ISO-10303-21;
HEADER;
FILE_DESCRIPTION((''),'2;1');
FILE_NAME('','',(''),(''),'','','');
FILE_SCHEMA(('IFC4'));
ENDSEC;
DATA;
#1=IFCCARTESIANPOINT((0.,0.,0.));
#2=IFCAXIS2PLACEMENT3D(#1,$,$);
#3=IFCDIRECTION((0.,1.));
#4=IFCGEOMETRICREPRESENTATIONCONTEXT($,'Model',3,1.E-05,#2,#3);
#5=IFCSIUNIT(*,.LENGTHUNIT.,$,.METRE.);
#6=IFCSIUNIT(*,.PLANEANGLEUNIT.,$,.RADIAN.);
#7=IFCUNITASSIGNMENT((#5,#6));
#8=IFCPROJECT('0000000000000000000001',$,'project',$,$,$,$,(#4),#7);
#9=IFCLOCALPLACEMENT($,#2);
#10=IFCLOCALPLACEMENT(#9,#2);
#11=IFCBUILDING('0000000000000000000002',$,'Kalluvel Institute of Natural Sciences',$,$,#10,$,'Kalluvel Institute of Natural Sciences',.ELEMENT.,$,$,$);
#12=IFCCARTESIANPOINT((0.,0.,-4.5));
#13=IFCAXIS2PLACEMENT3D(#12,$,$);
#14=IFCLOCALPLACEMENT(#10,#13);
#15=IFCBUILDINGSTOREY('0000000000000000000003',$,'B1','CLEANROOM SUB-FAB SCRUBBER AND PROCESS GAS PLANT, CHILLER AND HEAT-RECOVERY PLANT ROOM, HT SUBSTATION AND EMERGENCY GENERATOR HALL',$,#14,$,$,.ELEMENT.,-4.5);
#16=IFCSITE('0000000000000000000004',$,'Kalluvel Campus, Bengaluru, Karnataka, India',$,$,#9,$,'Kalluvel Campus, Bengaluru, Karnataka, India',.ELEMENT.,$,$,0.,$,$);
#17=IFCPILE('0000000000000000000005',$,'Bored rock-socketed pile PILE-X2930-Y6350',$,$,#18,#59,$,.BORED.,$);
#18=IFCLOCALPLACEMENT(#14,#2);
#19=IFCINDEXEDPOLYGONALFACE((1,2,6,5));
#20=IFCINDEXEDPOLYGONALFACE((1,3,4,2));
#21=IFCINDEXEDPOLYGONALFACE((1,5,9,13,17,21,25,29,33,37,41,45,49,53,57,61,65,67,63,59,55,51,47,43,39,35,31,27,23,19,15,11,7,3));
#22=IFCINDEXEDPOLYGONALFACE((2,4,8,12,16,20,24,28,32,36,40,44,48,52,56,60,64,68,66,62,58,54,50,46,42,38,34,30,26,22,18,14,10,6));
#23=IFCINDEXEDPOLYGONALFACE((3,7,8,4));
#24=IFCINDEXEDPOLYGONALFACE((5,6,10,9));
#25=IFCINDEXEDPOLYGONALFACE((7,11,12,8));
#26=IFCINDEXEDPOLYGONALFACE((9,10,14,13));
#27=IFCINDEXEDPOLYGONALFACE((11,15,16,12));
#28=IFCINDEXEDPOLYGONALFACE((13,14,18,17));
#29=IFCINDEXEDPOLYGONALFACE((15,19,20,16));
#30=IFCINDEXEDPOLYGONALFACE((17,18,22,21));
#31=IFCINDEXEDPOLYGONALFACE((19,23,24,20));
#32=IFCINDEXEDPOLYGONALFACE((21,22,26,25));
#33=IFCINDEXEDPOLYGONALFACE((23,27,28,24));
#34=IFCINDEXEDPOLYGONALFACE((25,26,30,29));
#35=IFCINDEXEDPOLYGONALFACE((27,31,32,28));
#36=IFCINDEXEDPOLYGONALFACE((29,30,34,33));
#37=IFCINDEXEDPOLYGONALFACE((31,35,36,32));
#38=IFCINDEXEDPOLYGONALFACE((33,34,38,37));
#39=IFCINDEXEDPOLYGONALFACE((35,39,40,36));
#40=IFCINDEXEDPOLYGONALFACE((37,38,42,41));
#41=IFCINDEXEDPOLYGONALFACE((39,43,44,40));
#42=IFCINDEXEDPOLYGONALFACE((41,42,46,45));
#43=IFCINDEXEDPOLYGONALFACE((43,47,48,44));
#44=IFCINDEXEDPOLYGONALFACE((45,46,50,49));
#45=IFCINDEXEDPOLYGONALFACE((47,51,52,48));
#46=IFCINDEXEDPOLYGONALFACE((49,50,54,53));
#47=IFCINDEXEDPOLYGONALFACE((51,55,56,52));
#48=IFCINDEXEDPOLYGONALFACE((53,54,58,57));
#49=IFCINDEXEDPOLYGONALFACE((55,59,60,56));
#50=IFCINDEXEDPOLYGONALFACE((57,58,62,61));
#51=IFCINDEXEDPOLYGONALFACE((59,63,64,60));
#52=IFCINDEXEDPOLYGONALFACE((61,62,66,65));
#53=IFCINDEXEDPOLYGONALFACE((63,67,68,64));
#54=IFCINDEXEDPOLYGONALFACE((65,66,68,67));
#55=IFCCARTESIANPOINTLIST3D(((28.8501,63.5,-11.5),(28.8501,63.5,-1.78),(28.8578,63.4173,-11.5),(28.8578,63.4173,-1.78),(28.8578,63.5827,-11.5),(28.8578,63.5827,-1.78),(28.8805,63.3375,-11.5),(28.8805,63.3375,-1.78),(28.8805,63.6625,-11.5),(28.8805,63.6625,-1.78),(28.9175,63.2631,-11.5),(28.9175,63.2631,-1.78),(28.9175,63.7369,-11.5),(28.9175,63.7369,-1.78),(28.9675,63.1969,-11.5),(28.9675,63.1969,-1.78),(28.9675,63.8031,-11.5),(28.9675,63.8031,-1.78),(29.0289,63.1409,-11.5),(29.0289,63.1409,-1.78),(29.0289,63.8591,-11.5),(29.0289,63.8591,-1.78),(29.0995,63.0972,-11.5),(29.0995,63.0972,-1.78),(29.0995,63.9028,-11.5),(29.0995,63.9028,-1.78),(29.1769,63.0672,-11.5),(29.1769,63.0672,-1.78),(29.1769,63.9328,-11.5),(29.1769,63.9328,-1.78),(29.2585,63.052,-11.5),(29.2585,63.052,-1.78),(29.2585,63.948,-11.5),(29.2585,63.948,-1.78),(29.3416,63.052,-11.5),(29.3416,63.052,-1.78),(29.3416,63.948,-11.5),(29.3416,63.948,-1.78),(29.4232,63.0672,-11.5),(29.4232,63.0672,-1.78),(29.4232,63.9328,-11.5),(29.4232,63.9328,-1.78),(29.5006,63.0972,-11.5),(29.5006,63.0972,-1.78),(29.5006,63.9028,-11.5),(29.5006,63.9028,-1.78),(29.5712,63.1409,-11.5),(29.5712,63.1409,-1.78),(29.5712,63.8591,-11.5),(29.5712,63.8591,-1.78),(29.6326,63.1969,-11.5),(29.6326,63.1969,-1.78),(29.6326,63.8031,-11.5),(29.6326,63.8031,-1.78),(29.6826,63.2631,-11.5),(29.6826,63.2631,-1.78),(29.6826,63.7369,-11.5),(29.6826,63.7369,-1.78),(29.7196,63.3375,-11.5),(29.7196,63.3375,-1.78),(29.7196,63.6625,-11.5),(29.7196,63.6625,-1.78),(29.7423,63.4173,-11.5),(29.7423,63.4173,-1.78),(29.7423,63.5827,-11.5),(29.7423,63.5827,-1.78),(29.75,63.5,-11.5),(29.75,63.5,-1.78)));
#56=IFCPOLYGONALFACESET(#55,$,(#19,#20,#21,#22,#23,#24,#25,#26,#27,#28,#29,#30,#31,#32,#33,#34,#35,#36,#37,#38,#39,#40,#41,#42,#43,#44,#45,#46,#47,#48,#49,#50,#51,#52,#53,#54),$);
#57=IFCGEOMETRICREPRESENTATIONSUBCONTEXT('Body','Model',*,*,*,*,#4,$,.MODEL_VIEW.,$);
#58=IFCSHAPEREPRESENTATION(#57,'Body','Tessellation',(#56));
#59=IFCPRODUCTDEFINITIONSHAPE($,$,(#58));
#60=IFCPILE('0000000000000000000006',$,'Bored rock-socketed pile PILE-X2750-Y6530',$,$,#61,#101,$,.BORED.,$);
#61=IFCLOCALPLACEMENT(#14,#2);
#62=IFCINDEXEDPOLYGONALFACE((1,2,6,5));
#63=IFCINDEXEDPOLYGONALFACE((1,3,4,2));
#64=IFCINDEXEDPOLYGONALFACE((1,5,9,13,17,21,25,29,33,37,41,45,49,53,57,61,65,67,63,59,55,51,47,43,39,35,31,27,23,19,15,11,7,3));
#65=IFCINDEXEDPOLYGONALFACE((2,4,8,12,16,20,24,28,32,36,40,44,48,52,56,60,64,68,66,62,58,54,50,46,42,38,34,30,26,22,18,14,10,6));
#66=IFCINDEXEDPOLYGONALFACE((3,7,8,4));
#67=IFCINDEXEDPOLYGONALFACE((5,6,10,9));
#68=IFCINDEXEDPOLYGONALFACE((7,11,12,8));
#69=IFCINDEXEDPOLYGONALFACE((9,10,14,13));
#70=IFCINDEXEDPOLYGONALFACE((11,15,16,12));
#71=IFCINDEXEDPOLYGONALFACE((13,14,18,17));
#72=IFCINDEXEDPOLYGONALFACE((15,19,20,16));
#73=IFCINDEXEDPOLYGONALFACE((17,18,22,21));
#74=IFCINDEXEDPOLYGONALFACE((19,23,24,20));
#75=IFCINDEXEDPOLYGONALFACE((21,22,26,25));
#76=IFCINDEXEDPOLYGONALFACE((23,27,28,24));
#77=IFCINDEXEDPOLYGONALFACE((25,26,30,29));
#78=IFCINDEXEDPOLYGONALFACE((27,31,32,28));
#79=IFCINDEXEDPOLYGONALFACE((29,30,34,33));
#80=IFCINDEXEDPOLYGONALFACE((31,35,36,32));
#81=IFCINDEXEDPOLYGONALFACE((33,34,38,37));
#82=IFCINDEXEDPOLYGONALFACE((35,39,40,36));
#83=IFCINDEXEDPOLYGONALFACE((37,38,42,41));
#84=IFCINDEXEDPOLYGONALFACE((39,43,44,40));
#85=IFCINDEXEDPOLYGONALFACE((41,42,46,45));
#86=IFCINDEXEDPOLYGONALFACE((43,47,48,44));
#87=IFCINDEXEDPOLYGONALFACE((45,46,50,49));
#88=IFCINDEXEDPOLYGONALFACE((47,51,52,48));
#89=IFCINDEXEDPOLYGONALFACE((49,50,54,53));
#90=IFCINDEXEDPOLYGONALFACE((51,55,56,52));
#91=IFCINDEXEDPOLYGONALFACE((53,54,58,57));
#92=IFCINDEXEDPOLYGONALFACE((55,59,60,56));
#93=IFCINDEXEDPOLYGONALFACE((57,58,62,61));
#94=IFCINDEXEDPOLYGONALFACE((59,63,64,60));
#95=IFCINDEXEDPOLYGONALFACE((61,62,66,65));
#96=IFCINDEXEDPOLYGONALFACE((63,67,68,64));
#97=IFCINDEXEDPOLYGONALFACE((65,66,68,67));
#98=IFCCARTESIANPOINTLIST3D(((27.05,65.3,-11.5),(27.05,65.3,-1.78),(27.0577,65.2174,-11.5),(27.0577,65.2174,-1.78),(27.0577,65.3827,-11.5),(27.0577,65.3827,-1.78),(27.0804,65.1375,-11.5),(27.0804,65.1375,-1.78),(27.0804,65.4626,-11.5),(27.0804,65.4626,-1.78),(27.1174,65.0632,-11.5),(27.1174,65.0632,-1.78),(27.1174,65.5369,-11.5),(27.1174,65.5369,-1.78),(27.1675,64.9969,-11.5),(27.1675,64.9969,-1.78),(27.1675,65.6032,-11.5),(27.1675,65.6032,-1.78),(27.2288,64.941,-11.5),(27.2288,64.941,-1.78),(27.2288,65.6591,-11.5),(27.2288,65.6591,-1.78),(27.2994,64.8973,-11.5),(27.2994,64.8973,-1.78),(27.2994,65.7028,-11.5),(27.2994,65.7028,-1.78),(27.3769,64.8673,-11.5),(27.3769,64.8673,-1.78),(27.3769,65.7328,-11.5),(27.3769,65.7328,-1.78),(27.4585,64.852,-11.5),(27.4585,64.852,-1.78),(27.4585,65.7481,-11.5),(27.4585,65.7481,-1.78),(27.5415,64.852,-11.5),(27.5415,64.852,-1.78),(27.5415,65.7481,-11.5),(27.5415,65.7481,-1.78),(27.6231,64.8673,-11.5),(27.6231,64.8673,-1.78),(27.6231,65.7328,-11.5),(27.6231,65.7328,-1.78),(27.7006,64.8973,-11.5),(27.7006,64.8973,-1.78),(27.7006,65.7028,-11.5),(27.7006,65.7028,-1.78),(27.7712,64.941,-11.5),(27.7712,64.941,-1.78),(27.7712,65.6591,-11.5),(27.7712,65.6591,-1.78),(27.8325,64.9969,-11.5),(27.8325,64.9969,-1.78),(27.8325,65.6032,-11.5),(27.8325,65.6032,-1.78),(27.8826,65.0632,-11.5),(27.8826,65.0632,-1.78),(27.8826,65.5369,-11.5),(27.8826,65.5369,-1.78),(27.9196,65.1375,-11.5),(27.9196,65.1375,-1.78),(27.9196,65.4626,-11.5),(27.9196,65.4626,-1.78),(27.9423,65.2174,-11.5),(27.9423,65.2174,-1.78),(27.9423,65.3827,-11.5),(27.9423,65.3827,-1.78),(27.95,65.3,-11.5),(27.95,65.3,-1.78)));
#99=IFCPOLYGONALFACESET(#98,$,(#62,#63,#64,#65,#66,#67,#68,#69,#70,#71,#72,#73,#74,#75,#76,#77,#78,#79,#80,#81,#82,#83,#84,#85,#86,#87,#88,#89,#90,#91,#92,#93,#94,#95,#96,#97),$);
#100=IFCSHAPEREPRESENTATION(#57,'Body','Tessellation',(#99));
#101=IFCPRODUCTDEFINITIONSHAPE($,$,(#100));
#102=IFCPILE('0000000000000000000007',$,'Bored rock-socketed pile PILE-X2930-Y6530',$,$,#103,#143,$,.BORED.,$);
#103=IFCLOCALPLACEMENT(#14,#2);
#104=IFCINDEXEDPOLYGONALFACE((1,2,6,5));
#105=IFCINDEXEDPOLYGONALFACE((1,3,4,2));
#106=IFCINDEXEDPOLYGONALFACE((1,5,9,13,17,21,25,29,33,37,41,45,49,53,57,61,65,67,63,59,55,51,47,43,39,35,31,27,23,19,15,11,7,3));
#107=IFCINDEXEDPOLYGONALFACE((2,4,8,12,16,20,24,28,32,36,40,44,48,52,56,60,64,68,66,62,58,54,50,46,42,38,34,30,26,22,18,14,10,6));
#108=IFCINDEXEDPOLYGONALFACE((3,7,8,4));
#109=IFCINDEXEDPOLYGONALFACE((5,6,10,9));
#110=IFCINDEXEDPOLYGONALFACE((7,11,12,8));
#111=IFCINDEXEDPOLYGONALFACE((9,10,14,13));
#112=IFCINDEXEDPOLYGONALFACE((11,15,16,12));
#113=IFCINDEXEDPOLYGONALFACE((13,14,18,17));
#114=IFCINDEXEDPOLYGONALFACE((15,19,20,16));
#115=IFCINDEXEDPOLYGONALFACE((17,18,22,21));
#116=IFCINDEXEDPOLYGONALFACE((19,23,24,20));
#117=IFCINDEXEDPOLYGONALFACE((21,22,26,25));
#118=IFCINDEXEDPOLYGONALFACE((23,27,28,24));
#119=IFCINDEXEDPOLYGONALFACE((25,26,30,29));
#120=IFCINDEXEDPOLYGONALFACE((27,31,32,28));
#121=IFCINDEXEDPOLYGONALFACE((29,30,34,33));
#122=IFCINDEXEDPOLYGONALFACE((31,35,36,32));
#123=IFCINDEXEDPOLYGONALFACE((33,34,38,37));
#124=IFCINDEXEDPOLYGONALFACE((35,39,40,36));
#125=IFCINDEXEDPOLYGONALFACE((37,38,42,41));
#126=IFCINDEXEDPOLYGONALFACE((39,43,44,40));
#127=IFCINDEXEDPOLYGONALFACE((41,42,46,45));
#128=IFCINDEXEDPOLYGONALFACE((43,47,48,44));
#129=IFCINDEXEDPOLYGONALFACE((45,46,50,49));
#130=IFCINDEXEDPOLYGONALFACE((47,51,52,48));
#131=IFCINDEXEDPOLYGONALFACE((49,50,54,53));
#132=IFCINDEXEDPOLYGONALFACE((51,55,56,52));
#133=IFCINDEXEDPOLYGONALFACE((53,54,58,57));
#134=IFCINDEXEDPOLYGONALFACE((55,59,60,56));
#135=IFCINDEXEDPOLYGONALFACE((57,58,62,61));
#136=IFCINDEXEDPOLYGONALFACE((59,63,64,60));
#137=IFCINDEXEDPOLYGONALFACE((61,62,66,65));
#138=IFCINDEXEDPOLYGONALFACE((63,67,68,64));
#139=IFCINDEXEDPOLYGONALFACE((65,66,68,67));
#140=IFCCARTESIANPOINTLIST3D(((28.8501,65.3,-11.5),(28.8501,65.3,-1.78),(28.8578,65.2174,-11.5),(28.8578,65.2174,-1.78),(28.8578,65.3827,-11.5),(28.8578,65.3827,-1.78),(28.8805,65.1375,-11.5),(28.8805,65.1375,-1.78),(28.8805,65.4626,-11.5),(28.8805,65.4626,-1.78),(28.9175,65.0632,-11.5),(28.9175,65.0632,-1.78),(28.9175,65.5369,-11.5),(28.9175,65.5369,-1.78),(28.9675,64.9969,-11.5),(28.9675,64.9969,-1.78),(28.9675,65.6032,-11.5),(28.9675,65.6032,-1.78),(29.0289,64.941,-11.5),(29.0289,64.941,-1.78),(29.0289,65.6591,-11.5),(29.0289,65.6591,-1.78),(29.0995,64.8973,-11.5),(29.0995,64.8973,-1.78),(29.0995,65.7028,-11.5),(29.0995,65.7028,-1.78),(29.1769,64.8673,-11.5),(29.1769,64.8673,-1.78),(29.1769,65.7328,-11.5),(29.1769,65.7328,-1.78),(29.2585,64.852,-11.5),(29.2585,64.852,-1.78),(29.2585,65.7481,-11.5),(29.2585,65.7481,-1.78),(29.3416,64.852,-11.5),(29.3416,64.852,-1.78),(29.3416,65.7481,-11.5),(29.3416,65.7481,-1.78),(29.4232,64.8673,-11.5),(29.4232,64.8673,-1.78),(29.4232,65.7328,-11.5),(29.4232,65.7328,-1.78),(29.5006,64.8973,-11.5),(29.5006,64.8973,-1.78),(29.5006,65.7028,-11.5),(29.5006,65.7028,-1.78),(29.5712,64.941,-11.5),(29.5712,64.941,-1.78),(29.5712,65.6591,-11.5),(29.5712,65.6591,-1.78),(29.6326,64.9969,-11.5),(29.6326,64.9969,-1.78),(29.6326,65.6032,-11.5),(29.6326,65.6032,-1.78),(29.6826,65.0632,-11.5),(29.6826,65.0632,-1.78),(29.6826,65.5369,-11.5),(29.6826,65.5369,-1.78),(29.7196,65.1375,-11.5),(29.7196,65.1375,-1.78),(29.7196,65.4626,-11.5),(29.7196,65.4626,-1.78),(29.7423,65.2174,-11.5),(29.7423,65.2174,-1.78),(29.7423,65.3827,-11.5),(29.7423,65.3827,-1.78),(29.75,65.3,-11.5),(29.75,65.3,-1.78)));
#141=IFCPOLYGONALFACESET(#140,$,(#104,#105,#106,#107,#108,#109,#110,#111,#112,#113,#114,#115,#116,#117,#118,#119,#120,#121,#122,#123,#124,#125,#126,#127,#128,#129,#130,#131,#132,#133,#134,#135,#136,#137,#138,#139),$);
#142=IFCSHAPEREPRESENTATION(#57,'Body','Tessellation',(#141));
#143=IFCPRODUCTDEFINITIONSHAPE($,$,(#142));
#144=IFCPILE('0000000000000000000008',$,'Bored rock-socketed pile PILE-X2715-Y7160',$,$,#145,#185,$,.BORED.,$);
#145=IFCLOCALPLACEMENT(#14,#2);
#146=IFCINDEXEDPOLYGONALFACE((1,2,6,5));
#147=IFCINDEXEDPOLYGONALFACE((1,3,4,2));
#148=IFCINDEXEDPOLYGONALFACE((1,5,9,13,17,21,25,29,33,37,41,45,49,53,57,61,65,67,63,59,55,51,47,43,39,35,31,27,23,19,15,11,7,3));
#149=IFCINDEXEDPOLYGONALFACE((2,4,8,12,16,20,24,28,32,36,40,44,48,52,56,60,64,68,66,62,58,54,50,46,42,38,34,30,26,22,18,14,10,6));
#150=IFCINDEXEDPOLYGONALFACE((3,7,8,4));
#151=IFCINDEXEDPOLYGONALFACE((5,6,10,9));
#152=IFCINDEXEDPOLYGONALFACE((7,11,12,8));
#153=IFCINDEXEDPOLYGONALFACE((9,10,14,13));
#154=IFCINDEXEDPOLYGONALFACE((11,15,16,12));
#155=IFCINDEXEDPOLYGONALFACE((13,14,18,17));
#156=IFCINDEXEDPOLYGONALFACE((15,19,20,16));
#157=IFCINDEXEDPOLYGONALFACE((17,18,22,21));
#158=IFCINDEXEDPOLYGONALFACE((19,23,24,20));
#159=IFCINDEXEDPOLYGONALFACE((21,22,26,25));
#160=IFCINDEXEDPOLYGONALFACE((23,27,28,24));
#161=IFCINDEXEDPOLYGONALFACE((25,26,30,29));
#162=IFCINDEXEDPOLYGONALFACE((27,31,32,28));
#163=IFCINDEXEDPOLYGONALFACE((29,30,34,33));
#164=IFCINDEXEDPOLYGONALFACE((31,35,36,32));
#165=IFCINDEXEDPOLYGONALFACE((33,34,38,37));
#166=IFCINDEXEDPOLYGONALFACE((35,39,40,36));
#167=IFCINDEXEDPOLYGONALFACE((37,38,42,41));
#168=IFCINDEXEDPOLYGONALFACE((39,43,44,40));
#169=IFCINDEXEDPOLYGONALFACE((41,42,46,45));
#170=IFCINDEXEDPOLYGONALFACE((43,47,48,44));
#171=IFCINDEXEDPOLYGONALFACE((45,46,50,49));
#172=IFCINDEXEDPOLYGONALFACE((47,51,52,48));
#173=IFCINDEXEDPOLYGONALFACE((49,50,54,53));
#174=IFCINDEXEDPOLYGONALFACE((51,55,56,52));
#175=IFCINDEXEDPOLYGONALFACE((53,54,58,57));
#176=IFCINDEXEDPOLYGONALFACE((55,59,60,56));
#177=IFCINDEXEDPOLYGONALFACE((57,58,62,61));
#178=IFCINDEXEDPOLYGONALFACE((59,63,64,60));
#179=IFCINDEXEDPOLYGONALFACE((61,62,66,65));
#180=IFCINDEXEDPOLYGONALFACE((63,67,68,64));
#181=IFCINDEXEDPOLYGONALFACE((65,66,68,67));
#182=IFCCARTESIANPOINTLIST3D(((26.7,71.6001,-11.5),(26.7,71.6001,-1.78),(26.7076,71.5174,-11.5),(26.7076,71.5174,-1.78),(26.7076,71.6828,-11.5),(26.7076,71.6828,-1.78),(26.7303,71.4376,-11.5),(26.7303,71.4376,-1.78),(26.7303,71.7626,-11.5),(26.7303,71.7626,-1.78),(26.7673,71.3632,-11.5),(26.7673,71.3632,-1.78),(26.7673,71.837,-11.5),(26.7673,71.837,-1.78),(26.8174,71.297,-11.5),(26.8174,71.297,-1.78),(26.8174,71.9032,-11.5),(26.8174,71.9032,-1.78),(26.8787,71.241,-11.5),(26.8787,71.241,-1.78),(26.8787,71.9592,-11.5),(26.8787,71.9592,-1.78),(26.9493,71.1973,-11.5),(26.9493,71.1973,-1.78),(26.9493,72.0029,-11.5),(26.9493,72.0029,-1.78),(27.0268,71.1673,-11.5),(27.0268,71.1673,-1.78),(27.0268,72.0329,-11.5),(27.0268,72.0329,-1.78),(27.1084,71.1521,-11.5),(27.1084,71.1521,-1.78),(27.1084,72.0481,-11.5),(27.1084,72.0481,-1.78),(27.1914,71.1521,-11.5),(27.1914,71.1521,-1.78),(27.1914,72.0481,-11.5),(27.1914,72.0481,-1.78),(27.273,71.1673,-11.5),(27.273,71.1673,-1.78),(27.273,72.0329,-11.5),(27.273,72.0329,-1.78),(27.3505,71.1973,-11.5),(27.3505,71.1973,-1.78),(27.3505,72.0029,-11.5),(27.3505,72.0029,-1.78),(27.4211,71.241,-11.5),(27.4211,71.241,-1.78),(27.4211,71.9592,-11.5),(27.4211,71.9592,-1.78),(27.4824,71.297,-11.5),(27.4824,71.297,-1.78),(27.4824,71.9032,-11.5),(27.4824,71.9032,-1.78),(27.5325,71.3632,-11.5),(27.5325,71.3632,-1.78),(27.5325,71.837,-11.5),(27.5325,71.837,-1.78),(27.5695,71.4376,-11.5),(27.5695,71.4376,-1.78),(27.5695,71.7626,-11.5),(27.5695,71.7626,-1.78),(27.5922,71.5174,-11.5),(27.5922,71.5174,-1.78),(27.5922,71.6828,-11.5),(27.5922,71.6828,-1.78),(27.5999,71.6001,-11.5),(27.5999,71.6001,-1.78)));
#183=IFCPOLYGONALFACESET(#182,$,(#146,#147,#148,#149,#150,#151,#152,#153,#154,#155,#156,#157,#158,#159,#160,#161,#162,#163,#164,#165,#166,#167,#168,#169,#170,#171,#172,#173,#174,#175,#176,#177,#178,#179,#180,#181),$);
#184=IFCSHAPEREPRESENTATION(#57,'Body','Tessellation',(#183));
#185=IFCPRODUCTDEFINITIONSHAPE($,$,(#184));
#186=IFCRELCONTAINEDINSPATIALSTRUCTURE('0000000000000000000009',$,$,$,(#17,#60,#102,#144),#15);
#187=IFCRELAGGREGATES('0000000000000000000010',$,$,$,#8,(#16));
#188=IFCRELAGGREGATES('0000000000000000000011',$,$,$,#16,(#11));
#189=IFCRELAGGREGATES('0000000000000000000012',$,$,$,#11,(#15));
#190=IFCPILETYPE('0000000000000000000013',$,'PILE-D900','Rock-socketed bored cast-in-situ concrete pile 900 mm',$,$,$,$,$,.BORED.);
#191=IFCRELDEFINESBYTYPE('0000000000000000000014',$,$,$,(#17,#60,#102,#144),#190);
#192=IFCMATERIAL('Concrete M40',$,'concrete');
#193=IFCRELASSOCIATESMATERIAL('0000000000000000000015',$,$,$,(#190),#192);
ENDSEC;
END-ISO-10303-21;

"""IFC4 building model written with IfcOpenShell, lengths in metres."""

from ifc_helpers import new_model, si_unit, direction, frame, origin, origin_2d, place, context, subcontext, project, spatial, circle, extrude, material, material_profile, profile_set, type_object, element, save


model = new_model("IFC4")

# Units and contexts
model_context = context("Model", 3, precision=1e-05, world=origin(), true_north=direction((0.0, 1.0)))
body_context = subcontext(model_context, "Body", "Model", "MODEL_VIEW")
ifc_project = project(units=[si_unit("LENGTHUNIT", "METRE"), si_unit("PLANEANGLEUNIT", "RADIAN")], contexts=[model_context])

# Site, building, storey
site_placement = place(None, origin())
site = spatial("IfcSite", under=ifc_project, at=site_placement, Name="Kalluvel Campus, Bengaluru, Karnataka, India", LongName="Kalluvel Campus, Bengaluru, Karnataka, India", CompositionType="ELEMENT", RefElevation=0.0)
building_placement = place(site_placement, origin())
building = spatial("IfcBuilding", under=site, at=building_placement, Name="Kalluvel Institute of Natural Sciences", LongName="Kalluvel Institute of Natural Sciences", CompositionType="ELEMENT")
storey_placement = place(building_placement, frame((0.0, 0.0, -4.5)))
storey = spatial("IfcBuildingStorey", under=building, at=storey_placement, Name="B1", Description="CLEANROOM SUB-FAB SCRUBBER AND PROCESS GAS PLANT, CHILLER AND HEAT-RECOVERY PLANT ROOM, HT SUBSTATION AND EMERGENCY GENERATOR HALL", CompositionType="ELEMENT", Elevation=-4.5)

# Shared definitions
ifc_material_1 = material(Name="Concrete M40", Category="concrete")

# Piles
ifc_material_profile_1 = material_profile(ifc_material_1, circle(Radius=0.45, at=origin_2d()), Name="PILE D900")
ifc_profile_set_1 = profile_set([ifc_material_profile_1], Name="Concrete M40")
pile_type_1 = type_object("IfcPileType", Name="PILE-D900", Description="Rock-socketed bored cast-in-situ concrete pile 900 mm", PredefinedType="BORED", material=ifc_profile_set_1)
for number, where, z_axis, x_axis, name in (
    (1, (29.3, 63.5, -1.78), (0.0, 0.0, -1.0), (1.0, 0.0, 0.0), "Bored rock-socketed pile PILE-X2930-Y6350"),
    (2, (27.5, 65.3, -1.78), (0.0, 0.0, -1.0), (1.0, 0.0, 0.0), "Bored rock-socketed pile PILE-X2750-Y6530"),
    (3, (29.3, 65.3, -1.78), (0.0, 0.0, -1.0), (1.0, 0.0, 0.0), "Bored rock-socketed pile PILE-X2930-Y6530"),
    (4, (27.1499, 71.6001, -1.78), (0.0, 0.0, -1.0), (1.0, 0.0, 0.0), "Bored rock-socketed pile PILE-X2715-Y7160"),
):
    element("IfcPile", number, at=place(storey_placement, frame(where, z_axis=z_axis, x_axis=x_axis)), inside=storey, type_object=pile_type_1, Name=name, PredefinedType="BORED", context=body_context, shape_type="SweptSolid", body=[
        extrude(circle(Radius=0.45, at=origin_2d()), origin(), (0.0, 0.0, 1.0), 9.72),
    ])

save(model, "model.ifc")
